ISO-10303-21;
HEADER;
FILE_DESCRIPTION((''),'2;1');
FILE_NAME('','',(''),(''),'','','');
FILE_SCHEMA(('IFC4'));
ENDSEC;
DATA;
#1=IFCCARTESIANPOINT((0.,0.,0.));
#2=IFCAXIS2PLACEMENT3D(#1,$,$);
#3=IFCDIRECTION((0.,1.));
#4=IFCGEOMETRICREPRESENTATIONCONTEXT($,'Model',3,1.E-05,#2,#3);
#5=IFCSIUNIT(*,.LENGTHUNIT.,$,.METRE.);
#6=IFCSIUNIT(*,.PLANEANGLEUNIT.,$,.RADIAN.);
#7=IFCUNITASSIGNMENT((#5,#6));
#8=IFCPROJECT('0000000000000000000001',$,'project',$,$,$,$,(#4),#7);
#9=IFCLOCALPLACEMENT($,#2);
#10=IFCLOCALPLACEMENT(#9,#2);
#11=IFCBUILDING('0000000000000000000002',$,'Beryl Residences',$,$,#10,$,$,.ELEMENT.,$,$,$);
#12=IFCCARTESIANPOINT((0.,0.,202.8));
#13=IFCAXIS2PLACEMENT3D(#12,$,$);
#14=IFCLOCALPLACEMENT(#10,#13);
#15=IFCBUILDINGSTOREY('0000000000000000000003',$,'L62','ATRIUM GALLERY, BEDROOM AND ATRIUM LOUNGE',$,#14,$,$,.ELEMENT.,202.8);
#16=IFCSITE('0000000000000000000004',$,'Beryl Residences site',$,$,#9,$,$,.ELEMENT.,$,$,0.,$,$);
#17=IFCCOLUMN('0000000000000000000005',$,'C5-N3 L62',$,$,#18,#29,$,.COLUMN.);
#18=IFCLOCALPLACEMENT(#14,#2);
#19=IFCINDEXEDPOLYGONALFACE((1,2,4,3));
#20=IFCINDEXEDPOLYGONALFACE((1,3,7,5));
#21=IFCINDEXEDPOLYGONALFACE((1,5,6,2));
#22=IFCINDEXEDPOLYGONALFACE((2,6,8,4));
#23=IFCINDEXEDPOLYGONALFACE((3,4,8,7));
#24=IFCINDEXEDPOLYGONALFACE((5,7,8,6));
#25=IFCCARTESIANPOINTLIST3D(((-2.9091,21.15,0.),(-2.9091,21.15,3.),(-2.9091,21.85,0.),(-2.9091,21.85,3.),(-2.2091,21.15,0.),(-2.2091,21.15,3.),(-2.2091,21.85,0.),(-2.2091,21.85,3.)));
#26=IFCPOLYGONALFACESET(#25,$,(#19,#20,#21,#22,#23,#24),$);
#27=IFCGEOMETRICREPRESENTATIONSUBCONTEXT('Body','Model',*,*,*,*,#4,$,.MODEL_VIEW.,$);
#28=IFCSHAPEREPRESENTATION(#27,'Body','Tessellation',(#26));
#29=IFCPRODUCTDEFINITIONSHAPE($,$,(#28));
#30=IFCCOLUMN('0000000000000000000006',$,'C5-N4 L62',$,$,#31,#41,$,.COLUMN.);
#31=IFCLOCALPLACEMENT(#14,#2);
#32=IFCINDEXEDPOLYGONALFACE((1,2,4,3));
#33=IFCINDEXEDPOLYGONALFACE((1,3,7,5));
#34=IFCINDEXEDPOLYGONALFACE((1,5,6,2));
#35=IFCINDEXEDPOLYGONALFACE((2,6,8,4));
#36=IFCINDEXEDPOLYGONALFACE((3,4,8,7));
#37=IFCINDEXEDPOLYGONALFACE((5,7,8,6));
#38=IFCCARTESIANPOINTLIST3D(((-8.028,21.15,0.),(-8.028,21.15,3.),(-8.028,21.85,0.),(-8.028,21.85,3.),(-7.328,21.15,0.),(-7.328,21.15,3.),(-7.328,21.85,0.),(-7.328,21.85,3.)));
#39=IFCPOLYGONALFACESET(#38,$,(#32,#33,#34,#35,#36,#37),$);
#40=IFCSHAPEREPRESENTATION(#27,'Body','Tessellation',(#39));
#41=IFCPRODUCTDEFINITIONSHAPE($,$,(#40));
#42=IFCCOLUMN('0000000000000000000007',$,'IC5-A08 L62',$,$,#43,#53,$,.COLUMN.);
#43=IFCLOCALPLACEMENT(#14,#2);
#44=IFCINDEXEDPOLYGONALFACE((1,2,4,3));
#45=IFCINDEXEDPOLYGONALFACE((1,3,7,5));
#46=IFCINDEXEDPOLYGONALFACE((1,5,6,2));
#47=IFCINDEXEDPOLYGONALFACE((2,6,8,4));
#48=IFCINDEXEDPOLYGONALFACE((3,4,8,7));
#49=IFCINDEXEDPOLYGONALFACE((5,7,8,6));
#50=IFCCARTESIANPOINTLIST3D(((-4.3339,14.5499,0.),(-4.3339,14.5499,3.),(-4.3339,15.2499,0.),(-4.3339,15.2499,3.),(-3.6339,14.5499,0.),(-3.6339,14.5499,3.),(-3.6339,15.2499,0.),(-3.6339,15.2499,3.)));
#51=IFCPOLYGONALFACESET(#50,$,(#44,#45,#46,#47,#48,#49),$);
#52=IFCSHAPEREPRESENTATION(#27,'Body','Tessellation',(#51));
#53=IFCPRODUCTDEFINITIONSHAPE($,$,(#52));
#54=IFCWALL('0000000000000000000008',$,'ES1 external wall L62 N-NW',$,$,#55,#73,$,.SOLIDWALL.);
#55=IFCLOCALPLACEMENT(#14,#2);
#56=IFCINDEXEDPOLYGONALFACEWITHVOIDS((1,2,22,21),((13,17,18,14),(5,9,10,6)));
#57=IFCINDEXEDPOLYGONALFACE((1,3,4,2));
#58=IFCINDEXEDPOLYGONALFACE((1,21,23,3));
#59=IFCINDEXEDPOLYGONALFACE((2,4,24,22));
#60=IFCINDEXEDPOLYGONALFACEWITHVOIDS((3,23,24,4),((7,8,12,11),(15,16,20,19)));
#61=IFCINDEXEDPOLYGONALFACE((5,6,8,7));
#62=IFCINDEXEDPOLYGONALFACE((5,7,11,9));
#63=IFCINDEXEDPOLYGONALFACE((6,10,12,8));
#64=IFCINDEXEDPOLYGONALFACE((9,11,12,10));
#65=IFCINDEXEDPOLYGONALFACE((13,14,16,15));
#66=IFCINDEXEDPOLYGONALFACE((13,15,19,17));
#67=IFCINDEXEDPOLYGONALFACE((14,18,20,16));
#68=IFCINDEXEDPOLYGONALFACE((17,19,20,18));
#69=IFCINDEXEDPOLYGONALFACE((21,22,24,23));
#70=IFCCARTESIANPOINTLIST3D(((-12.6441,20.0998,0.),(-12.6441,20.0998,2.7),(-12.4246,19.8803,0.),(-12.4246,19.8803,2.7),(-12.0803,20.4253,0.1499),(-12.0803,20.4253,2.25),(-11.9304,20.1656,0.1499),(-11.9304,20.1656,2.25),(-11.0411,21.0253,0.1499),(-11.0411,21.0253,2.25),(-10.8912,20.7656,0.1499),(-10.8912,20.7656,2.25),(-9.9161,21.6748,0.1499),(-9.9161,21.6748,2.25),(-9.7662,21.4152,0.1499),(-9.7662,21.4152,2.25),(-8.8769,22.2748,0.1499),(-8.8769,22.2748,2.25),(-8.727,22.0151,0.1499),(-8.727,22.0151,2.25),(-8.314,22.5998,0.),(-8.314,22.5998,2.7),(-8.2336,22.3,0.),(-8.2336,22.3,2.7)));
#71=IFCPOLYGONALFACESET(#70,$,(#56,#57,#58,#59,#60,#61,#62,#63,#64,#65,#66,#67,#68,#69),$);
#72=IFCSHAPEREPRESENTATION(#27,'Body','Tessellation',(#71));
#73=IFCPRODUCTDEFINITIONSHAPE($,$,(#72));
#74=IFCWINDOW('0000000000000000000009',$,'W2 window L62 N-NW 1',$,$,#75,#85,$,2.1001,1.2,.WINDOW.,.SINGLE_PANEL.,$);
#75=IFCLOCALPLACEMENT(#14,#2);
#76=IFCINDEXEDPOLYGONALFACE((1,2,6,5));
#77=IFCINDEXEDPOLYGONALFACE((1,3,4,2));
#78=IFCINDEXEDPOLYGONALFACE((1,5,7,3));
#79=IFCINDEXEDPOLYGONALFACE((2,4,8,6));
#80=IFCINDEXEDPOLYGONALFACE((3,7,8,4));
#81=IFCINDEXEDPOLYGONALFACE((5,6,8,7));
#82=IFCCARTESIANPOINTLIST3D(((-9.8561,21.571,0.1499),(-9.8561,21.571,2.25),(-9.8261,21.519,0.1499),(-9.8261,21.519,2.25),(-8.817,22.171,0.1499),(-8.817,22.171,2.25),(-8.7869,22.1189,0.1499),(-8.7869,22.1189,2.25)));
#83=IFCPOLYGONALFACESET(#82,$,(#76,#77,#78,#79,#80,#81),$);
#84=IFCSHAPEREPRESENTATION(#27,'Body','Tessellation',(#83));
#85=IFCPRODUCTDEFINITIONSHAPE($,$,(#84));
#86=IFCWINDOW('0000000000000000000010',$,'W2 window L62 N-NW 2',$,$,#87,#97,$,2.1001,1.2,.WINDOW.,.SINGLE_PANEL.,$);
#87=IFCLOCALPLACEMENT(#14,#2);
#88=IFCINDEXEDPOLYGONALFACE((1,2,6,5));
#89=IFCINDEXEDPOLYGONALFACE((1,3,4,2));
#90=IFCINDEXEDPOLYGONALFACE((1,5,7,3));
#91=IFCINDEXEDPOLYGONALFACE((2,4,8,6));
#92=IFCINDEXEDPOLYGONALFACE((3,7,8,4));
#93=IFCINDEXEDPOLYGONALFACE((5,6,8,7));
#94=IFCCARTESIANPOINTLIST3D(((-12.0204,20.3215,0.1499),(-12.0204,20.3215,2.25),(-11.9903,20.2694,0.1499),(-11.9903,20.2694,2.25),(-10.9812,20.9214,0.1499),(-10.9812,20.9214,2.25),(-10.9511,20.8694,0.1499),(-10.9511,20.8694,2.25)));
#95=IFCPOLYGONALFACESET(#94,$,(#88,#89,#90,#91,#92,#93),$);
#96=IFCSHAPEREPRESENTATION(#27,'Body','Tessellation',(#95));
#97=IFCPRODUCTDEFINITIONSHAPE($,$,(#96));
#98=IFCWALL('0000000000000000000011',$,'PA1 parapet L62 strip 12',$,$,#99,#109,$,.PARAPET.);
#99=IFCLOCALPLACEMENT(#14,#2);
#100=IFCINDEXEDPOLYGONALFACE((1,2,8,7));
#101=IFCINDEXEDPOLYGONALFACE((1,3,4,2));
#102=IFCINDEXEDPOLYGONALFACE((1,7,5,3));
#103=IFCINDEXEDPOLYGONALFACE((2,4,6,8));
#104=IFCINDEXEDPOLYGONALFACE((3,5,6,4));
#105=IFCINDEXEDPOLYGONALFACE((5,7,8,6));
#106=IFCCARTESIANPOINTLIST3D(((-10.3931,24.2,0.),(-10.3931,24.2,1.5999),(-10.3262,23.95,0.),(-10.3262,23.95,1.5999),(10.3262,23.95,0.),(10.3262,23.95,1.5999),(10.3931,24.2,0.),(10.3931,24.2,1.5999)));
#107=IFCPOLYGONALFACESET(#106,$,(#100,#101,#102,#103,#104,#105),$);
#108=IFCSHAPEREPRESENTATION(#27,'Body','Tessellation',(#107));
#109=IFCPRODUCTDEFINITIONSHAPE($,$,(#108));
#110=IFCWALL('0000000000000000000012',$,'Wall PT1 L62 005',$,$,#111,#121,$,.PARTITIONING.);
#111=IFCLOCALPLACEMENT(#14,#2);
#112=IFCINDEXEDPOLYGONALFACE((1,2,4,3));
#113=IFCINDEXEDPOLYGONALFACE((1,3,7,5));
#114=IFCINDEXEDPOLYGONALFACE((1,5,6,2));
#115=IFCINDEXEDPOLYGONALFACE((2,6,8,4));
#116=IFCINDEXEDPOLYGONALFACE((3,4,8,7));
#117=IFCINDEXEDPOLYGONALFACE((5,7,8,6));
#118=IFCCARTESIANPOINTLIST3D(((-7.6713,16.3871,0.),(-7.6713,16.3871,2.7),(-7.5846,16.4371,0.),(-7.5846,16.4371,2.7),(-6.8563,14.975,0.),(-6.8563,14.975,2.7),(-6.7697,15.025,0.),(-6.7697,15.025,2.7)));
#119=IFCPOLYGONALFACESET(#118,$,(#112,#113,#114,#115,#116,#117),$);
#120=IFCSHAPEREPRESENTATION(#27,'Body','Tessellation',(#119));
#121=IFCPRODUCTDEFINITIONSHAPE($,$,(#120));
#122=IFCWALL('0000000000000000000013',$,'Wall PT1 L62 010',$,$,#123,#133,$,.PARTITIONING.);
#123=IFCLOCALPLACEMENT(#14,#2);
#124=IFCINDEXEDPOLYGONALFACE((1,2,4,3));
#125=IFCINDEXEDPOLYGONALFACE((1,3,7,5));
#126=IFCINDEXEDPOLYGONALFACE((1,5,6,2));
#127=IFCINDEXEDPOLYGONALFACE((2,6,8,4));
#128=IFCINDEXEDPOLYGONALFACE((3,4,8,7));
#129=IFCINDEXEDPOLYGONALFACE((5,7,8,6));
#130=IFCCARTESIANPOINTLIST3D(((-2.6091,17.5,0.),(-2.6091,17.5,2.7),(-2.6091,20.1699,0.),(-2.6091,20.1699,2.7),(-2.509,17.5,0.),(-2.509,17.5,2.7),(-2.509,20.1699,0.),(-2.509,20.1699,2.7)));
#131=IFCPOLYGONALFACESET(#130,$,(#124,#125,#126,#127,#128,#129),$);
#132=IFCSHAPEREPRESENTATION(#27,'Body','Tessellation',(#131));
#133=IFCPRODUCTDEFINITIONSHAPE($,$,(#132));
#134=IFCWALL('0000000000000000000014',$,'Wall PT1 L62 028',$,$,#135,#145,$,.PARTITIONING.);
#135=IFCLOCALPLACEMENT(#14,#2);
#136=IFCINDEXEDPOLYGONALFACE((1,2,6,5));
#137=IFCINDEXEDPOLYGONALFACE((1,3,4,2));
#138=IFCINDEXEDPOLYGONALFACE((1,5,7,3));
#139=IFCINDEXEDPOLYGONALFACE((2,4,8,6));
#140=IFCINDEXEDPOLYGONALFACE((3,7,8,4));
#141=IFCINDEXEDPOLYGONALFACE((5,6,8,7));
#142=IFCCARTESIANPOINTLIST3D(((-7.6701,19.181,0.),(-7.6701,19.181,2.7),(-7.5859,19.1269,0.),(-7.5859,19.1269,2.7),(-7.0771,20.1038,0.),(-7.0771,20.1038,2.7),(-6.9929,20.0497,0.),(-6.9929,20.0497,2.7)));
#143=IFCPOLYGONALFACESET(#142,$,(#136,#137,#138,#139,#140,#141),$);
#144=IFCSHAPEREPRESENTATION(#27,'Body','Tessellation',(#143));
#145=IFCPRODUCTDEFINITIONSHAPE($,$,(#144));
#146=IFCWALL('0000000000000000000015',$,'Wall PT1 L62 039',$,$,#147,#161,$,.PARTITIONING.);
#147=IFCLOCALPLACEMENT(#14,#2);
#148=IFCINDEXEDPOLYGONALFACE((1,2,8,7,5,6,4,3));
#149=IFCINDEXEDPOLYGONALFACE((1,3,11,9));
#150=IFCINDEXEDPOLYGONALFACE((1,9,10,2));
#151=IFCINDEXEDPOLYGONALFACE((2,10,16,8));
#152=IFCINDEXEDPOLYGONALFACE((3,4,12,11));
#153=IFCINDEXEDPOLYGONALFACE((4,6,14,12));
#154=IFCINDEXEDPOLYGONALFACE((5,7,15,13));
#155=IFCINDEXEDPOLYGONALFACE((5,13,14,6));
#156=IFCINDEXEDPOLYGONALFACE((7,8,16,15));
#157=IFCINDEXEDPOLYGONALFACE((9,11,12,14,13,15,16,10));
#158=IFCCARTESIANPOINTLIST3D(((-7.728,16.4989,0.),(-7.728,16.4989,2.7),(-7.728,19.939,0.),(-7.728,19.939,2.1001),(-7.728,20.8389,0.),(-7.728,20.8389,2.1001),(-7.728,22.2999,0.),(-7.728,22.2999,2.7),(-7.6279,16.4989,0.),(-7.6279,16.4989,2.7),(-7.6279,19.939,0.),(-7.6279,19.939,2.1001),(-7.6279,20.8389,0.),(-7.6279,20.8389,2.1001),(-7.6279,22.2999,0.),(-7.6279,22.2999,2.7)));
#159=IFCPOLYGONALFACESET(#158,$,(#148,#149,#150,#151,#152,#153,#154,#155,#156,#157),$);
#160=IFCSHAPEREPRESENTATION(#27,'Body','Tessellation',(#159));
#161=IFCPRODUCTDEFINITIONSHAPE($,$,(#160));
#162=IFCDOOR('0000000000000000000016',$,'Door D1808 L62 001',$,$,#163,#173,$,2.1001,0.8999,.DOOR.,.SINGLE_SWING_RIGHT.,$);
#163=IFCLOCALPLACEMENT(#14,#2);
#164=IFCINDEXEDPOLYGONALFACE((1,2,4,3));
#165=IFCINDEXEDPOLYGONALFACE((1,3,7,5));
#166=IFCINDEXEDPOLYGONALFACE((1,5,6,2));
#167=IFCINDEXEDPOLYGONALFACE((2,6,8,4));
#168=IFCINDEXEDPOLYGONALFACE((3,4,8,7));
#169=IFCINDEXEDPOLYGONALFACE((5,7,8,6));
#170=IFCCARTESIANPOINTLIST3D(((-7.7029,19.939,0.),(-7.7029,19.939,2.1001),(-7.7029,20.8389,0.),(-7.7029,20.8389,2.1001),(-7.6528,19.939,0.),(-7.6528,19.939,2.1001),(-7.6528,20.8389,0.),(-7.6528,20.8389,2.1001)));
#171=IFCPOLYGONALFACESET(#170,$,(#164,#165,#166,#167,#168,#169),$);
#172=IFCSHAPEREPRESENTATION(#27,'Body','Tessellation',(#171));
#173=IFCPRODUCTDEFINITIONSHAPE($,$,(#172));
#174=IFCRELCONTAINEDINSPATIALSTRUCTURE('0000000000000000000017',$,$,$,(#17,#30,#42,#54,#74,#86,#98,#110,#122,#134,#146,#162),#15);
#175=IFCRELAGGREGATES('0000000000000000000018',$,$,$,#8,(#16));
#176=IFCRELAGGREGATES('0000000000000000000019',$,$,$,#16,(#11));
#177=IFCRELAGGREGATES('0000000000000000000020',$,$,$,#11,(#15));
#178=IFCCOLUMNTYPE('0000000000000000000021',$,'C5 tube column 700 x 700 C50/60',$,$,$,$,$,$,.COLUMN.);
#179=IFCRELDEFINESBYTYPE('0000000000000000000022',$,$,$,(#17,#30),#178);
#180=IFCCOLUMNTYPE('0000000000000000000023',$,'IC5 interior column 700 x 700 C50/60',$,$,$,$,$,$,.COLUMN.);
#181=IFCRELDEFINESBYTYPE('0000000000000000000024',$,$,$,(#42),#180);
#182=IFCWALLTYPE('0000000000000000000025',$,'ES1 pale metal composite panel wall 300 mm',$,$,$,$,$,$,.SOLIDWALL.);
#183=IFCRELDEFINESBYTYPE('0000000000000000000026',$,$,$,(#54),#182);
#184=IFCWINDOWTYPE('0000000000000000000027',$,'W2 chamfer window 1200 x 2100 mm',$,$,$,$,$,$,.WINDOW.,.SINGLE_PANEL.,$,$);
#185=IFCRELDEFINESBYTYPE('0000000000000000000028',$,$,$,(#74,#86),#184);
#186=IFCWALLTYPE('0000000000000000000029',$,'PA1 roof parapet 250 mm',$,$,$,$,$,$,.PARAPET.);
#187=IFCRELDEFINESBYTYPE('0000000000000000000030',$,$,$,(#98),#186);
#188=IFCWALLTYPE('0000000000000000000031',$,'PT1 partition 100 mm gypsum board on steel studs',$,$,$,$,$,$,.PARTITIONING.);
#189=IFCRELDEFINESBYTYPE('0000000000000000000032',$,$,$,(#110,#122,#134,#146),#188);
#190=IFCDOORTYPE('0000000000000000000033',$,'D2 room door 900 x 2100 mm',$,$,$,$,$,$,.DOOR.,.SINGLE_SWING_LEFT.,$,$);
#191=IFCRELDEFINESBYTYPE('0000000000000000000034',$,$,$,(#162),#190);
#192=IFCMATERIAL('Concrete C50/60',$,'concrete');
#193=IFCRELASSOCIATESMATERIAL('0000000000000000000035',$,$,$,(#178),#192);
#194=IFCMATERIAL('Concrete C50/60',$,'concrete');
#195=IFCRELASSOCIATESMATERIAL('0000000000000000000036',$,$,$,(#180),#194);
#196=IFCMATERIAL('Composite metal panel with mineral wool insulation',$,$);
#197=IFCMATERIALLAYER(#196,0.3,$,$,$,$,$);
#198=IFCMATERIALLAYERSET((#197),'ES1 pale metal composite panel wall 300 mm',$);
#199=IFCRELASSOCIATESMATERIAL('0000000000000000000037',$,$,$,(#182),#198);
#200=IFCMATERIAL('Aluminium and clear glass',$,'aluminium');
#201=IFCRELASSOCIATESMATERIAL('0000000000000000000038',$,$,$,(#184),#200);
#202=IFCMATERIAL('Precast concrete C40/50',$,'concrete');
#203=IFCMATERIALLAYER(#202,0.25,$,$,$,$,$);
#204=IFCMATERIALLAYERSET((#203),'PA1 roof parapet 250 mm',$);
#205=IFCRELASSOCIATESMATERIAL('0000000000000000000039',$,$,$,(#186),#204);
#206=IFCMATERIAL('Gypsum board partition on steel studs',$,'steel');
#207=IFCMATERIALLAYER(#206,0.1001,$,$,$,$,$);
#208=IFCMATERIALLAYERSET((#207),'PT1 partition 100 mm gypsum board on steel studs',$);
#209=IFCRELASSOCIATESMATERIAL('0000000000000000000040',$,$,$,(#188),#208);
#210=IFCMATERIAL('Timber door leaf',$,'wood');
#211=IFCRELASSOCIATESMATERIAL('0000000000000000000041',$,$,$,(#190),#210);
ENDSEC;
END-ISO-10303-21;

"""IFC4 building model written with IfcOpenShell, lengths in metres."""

from ifc_helpers import new_model, si_unit, direction, frame, frame_2d, origin, origin_2d, place, context, subcontext, project, spatial, polyline, rectangle, outline, extrude, material, layer, layer_set, material_profile, profile_set, type_object, element, fill, save


model = new_model("IFC4")

# Units and contexts
model_context = context("Model", 3, precision=1e-05, world=origin(), true_north=direction((0.0, 1.0)))
body_context = subcontext(model_context, "Body", "Model", "MODEL_VIEW")
ifc_project = project(units=[si_unit("LENGTHUNIT", "METRE"), si_unit("PLANEANGLEUNIT", "RADIAN")], contexts=[model_context])

# Site, building, storey
site_placement = place(None, origin())
site = spatial("IfcSite", under=ifc_project, at=site_placement, Name="Beryl Residences site", CompositionType="ELEMENT", RefElevation=0.0)
building_placement = place(site_placement, origin())
building = spatial("IfcBuilding", under=site, at=building_placement, Name="Beryl Residences", CompositionType="ELEMENT")
storey_placement = place(building_placement, frame((0.0, 0.0, 202.8)))
storey = spatial("IfcBuildingStorey", under=building, at=storey_placement, Name="L62", Description="ATRIUM GALLERY, BEDROOM AND ATRIUM LOUNGE", CompositionType="ELEMENT", Elevation=202.8)

# Columns
ifc_material_1 = material(Name="Concrete C50/60", Category="concrete")
ifc_material_profile_1 = material_profile(ifc_material_1, rectangle(XDim=0.7, YDim=0.7, at=origin_2d()))
ifc_profile_set_1 = profile_set([ifc_material_profile_1], Name="Concrete C50/60")
column_type_1 = type_object("IfcColumnType", Name="C5 tube column 700 x 700 C50/60", PredefinedType="COLUMN", material=ifc_profile_set_1)
for number, where, z_axis, x_axis, name in (
    (1, (-2.5591, 21.5, 0.0), (0.0, 0.0, 1.0), (-1.0, 0.0, 0.0), "C5-N3 L62"),
    (2, (-7.678, 21.5, 0.0), (0.0, 0.0, 1.0), (-1.0, 0.0, 0.0), "C5-N4 L62"),
):
    element("IfcColumn", number, at=place(storey_placement, frame(where, z_axis=z_axis, x_axis=x_axis)), inside=storey, type_object=column_type_1, Name=name, PredefinedType="COLUMN", context=body_context, shape_type="SweptSolid", body=[
        extrude(rectangle(XDim=0.7, YDim=0.7, at=origin_2d()), origin(), (0.0, 0.0, 1.0), 3.0),
    ])
ifc_material_2 = material(Name="Concrete C50/60", Category="concrete")
ifc_material_profile_2 = material_profile(ifc_material_2, rectangle(XDim=0.7, YDim=0.7, at=origin_2d()))
ifc_profile_set_2 = profile_set([ifc_material_profile_2], Name="Concrete C50/60")
column_type_2 = type_object("IfcColumnType", Name="IC5 interior column 700 x 700 C50/60", PredefinedType="COLUMN", material=ifc_profile_set_2)
column_placement = place(storey_placement, frame((-3.9839, 14.8999, 0.0), z_axis=(0.0, 0.0, 1.0), x_axis=(1.0, 0.0, 0.0)))
element("IfcColumn", 3, at=column_placement, inside=storey, type_object=column_type_2, Name="IC5-A08 L62", PredefinedType="COLUMN", context=body_context, shape_type="SweptSolid", body=[
    extrude(rectangle(XDim=0.7, YDim=0.7, at=origin_2d()), origin(), (0.0, 0.0, 1.0), 3.0),
])

# Wall, openings, windows
ifc_material_3 = material(Name="Composite metal panel with mineral wool insulation")
ifc_layer_1 = layer(ifc_material_3, 0.3)
ifc_layer_set_1 = layer_set([ifc_layer_1], Name="ES1 pale metal composite panel wall 300 mm")
wall_type_1 = type_object("IfcWallType", Name="ES1 pale metal composite panel wall 300 mm", PredefinedType="SOLIDWALL", material=ifc_layer_set_1)
wall_1_placement = place(storey_placement, frame((-8.239, 22.47, 0.0), z_axis=(0.0, 0.0, 1.0), x_axis=(-0.866023, -0.500004, 0.0)))
wall_1 = element("IfcWall", 4, at=wall_1_placement, inside=storey, type_object=wall_type_1, Name="ES1 external wall L62 N-NW", PredefinedType="SOLIDWALL", context=body_context, shape_type="SweptSolid", body=[
    extrude(outline(polyline([(0.0, -0.1499), (5.0, -0.1499), (4.9197, 0.1499), (0.0803, 0.1499), (0.0, -0.1499)])), origin(), (0.0, 0.0, 1.0), 2.7),
])
opening_1_placement = place(wall_1_placement, frame((0.6499, 0.0, 0.1499)))
opening_1 = element("IfcOpeningElement", 5, at=opening_1_placement, cuts=wall_1, PredefinedType="OPENING", context=body_context, shape_type="SweptSolid", body=[
    extrude(rectangle(XDim=1.2, YDim=2.1001, at=frame_2d((0.6001, 1.05))), frame((0.0, 0.1599, 0.0), z_axis=(0.0, -1.0, 0.0), x_axis=(1.0, 0.0, 0.0)), (0.0, 0.0, 1.0), 0.3201),
])
opening_2_placement = place(wall_1_placement, frame((3.1489, 0.0, 0.1499)))
opening_2 = element("IfcOpeningElement", 6, at=opening_2_placement, cuts=wall_1, PredefinedType="OPENING", context=body_context, shape_type="SweptSolid", body=[
    extrude(rectangle(XDim=1.2, YDim=2.1001, at=frame_2d((0.6001, 1.05))), frame((0.0, 0.1599, 0.0), z_axis=(0.0, -1.0, 0.0), x_axis=(1.0, 0.0, 0.0)), (0.0, 0.0, 1.0), 0.3201),
])
ifc_material_4 = material(Name="Aluminium and clear glass", Category="aluminium")
window_type = type_object("IfcWindowType", Name="W2 chamfer window 1200 x 2100 mm", PartitioningType="SINGLE_PANEL", PredefinedType="WINDOW", material=ifc_material_4)
window_1_placement = place(opening_1_placement, origin())
window_1 = element("IfcWindow", 7, at=window_1_placement, inside=storey, type_object=window_type, Name="W2 window L62 N-NW 1", OverallHeight=2.1001, OverallWidth=1.2, PartitioningType="SINGLE_PANEL", PredefinedType="WINDOW", context=body_context, shape_type="SweptSolid", body=[
    extrude(rectangle(XDim=1.2, YDim=2.1001, at=frame_2d((0.6001, 1.05))), frame((0.0, 0.03, 0.0), z_axis=(0.0, -1.0, 0.0), x_axis=(1.0, 0.0, 0.0)), (0.0, 0.0, 1.0), 0.0601),
])
fill(opening_1, window_1)
window_2_placement = place(opening_2_placement, origin())
window_2 = element("IfcWindow", 8, at=window_2_placement, inside=storey, type_object=window_type, Name="W2 window L62 N-NW 2", OverallHeight=2.1001, OverallWidth=1.2, PartitioningType="SINGLE_PANEL", PredefinedType="WINDOW", context=body_context, shape_type="SweptSolid", body=[
    extrude(rectangle(XDim=1.2, YDim=2.1001, at=frame_2d((0.6001, 1.05))), frame((0.0, 0.03, 0.0), z_axis=(0.0, -1.0, 0.0), x_axis=(1.0, 0.0, 0.0)), (0.0, 0.0, 1.0), 0.0601),
])
fill(opening_2, window_2)

# Walls
ifc_material_5 = material(Name="Precast concrete C40/50", Category="concrete")
ifc_layer_2 = layer(ifc_material_5, 0.25)
ifc_layer_set_2 = layer_set([ifc_layer_2], Name="PA1 roof parapet 250 mm")
wall_type_2 = type_object("IfcWallType", Name="PA1 roof parapet 250 mm", PredefinedType="PARAPET", material=ifc_layer_set_2)
wall_2_placement = place(storey_placement, frame((-10.3931, 24.075, 0.0), z_axis=(0.0, 0.0, 1.0), x_axis=(1.0, 0.0, 0.0)))
element("IfcWall", 9, at=wall_2_placement, inside=storey, type_object=wall_type_2, Name="PA1 parapet L62 strip 12", PredefinedType="PARAPET", context=body_context, shape_type="SweptSolid", body=[
    extrude(outline(polyline([(0.0669, -0.125), (20.7192, -0.125), (20.7861, 0.125), (0.0, 0.125), (0.0669, -0.125)])), origin(), (0.0, 0.0, 1.0), 1.5999),
])
ifc_material_6 = material(Name="Gypsum board partition on steel studs", Category="steel")
ifc_layer_3 = layer(ifc_material_6, 0.1001)
ifc_layer_set_3 = layer_set([ifc_layer_3], Name="PT1 partition 100 mm gypsum board on steel studs")
wall_type_3 = type_object("IfcWallType", Name="PT1 partition 100 mm gypsum board on steel studs", PredefinedType="PARTITIONING", material=ifc_layer_set_3)
wall_3_placement = place(storey_placement, frame((-7.6279, 16.4121, 0.0), z_axis=(0.0, 0.0, 1.0), x_axis=(0.499843, -0.866116, 0.0)))
element("IfcWall", 10, at=wall_3_placement, inside=storey, type_object=wall_type_3, Name="Wall PT1 L62 005", PredefinedType="PARTITIONING", context=body_context, shape_type="SweptSolid", body=[
    extrude(rectangle(XDim=1.6304, YDim=0.1001, at=frame_2d((0.8152, 0.0))), origin(), (0.0, 0.0, 1.0), 2.7),
])
wall_4_placement = place(storey_placement, frame((-2.5591, 20.1699, 0.0), z_axis=(0.0, 0.0, 1.0), x_axis=(0.0, -1.0, 0.0)))
element("IfcWall", 11, at=wall_4_placement, inside=storey, type_object=wall_type_3, Name="Wall PT1 L62 010", PredefinedType="PARTITIONING", context=body_context, shape_type="SweptSolid", body=[
    extrude(rectangle(XDim=2.6699, YDim=0.1001, at=frame_2d((1.335, 0.0))), origin(), (0.0, 0.0, 1.0), 2.7),
])
wall_5_placement = place(storey_placement, frame((-7.6279, 19.1541, 0.0), z_axis=(0.0, 0.0, 1.0), x_axis=(0.5406, 0.84128, 0.0)))
element("IfcWall", 12, at=wall_5_placement, inside=storey, type_object=wall_type_3, Name="Wall PT1 L62 028", PredefinedType="PARTITIONING", context=body_context, shape_type="SweptSolid", body=[
    extrude(rectangle(XDim=1.0969, YDim=0.1001, at=frame_2d((0.5483, 0.0))), origin(), (0.0, 0.0, 1.0), 2.7),
])

# Wall, opening, door
wall_6_placement = place(storey_placement, frame((-7.678, 16.499, 0.0), z_axis=(0.0, 0.0, 1.0), x_axis=(0.0, 1.0, 0.0)))
wall_6 = element("IfcWall", 13, at=wall_6_placement, inside=storey, type_object=wall_type_3, Name="Wall PT1 L62 039", PredefinedType="PARTITIONING", context=body_context, shape_type="SweptSolid", body=[
    extrude(rectangle(XDim=5.801, YDim=0.1001, at=frame_2d((2.9004, 0.0))), origin(), (0.0, 0.0, 1.0), 2.7),
])
opening_3_placement = place(wall_6_placement, frame((3.4399, 0.0, 0.0)))
opening_3 = element("IfcOpeningElement", 14, at=opening_3_placement, cuts=wall_6, PredefinedType="OPENING", context=body_context, shape_type="SweptSolid", body=[
    extrude(rectangle(XDim=0.8999, YDim=2.1001, at=frame_2d((0.45, 1.05))), frame((0.0, 0.0601, 0.0), z_axis=(0.0, -1.0, 0.0), x_axis=(1.0, 0.0, 0.0)), (0.0, 0.0, 1.0), 0.1201),
])
ifc_material_7 = material(Name="Timber door leaf", Category="wood")
door_type_1 = type_object("IfcDoorType", Name="D2 room door 900 x 2100 mm", OperationType="SINGLE_SWING_LEFT", PredefinedType="DOOR", material=ifc_material_7)
door_1_placement = place(opening_3_placement, origin())
door_1 = element("IfcDoor", 15, at=door_1_placement, inside=storey, type_object=door_type_1, Name="Door D1808 L62 001", OperationType="SINGLE_SWING_RIGHT", OverallHeight=2.1001, OverallWidth=0.8999, PredefinedType="DOOR", context=body_context, shape_type="SweptSolid", body=[
    extrude(rectangle(XDim=0.8999, YDim=2.1001, at=frame_2d((0.45, 1.05))), frame((0.0, 0.0249, 0.0), z_axis=(0.0, -1.0, 0.0), x_axis=(1.0, 0.0, 0.0)), (0.0, 0.0, 1.0), 0.05),
])
fill(opening_3, door_1)

save(model, "model.ifc")
